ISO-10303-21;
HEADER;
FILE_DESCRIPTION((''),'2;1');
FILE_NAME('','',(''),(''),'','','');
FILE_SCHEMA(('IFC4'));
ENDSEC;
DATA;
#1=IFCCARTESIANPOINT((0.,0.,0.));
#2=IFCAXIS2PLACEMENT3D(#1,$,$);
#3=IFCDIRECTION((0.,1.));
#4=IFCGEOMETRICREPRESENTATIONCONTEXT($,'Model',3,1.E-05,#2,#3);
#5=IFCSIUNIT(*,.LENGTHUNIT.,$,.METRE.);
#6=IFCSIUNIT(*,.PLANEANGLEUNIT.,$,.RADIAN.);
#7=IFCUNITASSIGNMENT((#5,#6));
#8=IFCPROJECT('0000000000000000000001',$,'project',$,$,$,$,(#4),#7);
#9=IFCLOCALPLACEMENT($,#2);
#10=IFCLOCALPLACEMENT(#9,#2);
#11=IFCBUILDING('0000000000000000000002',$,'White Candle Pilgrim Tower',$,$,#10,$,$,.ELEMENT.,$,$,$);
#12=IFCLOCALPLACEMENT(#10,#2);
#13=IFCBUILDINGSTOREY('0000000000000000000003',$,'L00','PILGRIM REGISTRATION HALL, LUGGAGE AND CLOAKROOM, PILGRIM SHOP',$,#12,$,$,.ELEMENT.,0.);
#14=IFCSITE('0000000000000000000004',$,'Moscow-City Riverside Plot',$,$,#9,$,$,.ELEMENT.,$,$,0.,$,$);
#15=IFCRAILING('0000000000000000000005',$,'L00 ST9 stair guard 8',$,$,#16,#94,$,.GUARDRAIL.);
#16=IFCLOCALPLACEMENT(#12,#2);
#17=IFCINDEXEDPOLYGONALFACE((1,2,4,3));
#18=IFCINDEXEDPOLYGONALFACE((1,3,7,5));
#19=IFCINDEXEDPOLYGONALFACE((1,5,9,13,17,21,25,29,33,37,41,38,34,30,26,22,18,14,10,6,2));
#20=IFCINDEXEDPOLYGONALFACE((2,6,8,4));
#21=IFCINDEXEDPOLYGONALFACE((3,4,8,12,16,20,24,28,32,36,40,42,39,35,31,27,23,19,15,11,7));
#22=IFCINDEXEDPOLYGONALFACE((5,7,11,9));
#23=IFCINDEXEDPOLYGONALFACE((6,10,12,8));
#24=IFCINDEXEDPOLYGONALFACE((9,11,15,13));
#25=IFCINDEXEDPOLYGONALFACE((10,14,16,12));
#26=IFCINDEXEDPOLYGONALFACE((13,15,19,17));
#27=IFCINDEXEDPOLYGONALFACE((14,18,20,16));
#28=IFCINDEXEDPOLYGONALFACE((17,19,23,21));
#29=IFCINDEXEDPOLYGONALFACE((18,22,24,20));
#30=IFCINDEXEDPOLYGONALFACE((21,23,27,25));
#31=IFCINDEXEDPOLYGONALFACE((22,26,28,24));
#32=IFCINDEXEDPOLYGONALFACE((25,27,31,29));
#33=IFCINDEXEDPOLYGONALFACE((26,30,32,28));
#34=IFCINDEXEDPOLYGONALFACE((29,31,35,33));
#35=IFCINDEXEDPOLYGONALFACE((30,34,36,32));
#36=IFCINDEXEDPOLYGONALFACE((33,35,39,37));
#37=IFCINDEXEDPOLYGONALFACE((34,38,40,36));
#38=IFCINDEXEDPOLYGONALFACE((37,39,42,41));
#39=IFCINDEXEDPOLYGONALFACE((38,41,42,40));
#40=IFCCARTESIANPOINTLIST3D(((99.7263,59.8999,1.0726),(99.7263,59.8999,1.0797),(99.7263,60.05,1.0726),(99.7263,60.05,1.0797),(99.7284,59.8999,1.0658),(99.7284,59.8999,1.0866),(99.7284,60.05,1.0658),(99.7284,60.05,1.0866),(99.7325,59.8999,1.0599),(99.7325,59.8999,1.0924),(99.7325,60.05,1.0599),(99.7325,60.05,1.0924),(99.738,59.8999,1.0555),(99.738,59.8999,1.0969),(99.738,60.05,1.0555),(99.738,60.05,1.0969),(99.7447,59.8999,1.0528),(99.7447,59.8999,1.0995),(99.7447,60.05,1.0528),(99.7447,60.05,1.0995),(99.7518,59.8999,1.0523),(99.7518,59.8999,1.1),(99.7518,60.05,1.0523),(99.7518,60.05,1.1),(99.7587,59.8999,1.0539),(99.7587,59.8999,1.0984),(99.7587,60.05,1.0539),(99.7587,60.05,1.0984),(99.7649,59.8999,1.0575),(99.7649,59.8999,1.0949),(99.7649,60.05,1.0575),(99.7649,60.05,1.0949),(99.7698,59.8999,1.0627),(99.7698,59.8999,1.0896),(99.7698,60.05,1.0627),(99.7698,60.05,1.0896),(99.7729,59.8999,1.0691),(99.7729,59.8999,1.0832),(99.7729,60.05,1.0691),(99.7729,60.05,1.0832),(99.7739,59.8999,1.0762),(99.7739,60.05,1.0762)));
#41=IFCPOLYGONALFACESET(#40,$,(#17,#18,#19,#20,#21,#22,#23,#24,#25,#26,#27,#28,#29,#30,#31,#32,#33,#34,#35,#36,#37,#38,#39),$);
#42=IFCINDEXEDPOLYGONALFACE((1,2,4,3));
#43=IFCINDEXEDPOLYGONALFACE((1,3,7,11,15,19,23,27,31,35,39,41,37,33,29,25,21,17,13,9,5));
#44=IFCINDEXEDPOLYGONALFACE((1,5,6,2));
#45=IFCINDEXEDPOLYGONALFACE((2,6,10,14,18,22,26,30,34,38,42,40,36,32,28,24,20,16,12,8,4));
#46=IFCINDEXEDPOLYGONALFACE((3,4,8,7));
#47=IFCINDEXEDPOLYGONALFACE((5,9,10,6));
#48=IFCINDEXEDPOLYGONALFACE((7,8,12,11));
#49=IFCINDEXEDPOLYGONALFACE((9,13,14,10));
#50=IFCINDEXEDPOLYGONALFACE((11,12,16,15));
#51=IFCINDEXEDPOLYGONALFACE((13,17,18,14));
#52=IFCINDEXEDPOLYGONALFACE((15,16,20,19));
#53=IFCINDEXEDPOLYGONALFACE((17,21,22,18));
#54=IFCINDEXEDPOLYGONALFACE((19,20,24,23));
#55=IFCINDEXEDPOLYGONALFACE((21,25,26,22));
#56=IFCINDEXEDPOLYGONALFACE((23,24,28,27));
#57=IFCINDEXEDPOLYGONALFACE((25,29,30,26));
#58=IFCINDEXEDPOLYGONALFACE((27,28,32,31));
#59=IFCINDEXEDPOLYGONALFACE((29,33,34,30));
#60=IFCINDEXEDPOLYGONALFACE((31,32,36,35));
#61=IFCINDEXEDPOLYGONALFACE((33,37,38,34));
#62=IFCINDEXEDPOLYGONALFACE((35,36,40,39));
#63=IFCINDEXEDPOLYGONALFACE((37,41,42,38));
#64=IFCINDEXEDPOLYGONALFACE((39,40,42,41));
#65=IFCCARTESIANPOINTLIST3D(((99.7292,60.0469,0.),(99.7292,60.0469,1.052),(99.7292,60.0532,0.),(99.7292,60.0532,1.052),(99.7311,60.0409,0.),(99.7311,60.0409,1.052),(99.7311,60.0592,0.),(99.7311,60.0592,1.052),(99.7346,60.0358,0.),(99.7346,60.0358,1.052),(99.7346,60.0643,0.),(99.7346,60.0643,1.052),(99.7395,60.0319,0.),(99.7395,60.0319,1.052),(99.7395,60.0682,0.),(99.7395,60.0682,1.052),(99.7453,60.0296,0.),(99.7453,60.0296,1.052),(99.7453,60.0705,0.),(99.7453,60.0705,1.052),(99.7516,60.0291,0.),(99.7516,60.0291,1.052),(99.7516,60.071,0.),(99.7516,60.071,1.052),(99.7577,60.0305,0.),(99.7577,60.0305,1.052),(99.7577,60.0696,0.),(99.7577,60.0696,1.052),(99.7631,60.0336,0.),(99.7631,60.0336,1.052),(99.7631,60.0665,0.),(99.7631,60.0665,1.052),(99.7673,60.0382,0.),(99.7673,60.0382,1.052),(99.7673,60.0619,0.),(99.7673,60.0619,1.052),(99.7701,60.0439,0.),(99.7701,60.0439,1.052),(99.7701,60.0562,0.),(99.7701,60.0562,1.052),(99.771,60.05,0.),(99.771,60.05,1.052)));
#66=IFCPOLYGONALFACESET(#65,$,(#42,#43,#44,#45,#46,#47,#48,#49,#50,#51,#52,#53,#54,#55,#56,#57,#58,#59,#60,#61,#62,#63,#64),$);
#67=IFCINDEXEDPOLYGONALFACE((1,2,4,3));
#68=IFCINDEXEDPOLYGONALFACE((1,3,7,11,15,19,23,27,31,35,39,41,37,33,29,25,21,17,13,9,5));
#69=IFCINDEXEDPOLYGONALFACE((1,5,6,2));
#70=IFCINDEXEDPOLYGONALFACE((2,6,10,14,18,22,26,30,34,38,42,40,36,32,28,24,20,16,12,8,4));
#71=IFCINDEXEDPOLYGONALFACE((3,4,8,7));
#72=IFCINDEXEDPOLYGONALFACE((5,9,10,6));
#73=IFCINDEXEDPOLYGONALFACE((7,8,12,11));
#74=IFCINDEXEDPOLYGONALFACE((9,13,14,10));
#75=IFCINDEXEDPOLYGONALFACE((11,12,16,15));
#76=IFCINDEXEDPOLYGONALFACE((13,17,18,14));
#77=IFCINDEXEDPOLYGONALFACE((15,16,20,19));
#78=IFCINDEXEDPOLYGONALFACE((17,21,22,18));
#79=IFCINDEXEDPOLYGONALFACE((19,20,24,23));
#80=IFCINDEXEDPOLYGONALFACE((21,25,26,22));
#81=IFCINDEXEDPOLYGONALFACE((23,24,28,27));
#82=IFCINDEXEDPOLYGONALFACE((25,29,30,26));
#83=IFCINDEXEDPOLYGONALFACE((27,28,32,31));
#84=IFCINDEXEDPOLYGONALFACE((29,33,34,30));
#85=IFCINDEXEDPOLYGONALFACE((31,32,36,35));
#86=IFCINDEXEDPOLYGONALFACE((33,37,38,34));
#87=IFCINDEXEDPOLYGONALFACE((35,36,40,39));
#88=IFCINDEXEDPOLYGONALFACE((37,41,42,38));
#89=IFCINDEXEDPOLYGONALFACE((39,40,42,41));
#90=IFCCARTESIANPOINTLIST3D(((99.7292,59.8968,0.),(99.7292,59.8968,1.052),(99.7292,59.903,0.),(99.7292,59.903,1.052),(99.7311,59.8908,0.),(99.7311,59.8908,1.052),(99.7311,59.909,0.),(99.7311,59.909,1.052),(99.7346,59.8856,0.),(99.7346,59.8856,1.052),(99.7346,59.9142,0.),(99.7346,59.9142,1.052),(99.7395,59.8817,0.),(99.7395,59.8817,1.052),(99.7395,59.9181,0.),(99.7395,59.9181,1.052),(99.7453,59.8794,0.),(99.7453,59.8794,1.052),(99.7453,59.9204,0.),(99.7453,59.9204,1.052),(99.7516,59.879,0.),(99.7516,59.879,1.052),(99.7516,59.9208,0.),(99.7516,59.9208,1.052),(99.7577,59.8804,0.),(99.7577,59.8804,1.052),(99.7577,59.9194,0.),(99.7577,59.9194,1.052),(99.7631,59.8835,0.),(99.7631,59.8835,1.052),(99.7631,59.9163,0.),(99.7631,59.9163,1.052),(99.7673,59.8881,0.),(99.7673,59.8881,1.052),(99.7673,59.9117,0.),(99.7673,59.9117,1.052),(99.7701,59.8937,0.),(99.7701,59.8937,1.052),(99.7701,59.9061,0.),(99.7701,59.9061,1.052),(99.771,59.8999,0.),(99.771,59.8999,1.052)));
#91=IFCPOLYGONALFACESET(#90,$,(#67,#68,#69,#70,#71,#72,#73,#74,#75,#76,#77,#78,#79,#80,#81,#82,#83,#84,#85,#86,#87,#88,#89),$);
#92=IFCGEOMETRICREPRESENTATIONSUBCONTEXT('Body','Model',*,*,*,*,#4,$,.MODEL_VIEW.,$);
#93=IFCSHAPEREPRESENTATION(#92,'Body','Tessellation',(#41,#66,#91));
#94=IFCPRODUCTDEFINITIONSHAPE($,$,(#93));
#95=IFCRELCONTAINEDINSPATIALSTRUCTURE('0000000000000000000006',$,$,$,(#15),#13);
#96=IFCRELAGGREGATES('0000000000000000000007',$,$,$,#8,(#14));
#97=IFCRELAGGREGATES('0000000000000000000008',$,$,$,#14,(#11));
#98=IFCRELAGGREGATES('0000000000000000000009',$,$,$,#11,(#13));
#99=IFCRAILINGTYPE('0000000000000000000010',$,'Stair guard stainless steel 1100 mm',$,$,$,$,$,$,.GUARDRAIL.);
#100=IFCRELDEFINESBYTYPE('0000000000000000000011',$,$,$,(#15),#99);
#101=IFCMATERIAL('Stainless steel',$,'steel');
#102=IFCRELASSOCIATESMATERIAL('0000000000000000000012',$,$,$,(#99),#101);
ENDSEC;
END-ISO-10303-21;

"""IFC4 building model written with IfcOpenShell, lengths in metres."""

from ifc_helpers import new_model, si_unit, direction, frame, origin, origin_2d, place, context, subcontext, project, spatial, circle, extrude, material, type_object, element, save


model = new_model("IFC4")

# Units and contexts
model_context = context("Model", 3, precision=1e-05, world=origin(), true_north=direction((0.0, 1.0)))
body_context = subcontext(model_context, "Body", "Model", "MODEL_VIEW")
ifc_project = project(units=[si_unit("LENGTHUNIT", "METRE"), si_unit("PLANEANGLEUNIT", "RADIAN")], contexts=[model_context])

# Site, building, storey
site_placement = place(None, origin())
site = spatial("IfcSite", under=ifc_project, at=site_placement, Name="Moscow-City Riverside Plot", CompositionType="ELEMENT", RefElevation=0.0)
building_placement = place(site_placement, origin())
building = spatial("IfcBuilding", under=site, at=building_placement, Name="White Candle Pilgrim Tower", CompositionType="ELEMENT")
storey_placement = place(building_placement, origin())
storey = spatial("IfcBuildingStorey", under=building, at=storey_placement, Name="L00", Description="PILGRIM REGISTRATION HALL, LUGGAGE AND CLOAKROOM, PILGRIM SHOP", CompositionType="ELEMENT", Elevation=0.0)

# Railing
ifc_material_1 = material(Name="Stainless steel", Category="steel")
railing_type_1 = type_object("IfcRailingType", Name="Stair guard stainless steel 1100 mm", PredefinedType="GUARDRAIL", material=ifc_material_1)
railing_1_placement = place(storey_placement, frame((99.75, 60.05, 0.0)))
element("IfcRailing", 1, at=railing_1_placement, inside=storey, type_object=railing_type_1, Name="L00 ST9 stair guard 8", PredefinedType="GUARDRAIL", context=body_context, shape_type="SweptSolid", body=[
    extrude(circle(Radius=0.0239, at=origin_2d()), frame((0.0, 0.0, 1.0762), z_axis=(0.0, -1.0, 0.0), x_axis=(1.0, 0.0, 0.0)), (0.0, 0.0, 1.0), 0.1501),
    extrude(circle(Radius=0.021, at=origin_2d()), origin(), (0.0, 0.0, 1.0), 1.052),
    extrude(circle(Radius=0.021, at=origin_2d()), frame((0.0, -0.1501, 0.0)), (0.0, 0.0, 1.0), 1.052),
])

save(model, "model.ifc")
